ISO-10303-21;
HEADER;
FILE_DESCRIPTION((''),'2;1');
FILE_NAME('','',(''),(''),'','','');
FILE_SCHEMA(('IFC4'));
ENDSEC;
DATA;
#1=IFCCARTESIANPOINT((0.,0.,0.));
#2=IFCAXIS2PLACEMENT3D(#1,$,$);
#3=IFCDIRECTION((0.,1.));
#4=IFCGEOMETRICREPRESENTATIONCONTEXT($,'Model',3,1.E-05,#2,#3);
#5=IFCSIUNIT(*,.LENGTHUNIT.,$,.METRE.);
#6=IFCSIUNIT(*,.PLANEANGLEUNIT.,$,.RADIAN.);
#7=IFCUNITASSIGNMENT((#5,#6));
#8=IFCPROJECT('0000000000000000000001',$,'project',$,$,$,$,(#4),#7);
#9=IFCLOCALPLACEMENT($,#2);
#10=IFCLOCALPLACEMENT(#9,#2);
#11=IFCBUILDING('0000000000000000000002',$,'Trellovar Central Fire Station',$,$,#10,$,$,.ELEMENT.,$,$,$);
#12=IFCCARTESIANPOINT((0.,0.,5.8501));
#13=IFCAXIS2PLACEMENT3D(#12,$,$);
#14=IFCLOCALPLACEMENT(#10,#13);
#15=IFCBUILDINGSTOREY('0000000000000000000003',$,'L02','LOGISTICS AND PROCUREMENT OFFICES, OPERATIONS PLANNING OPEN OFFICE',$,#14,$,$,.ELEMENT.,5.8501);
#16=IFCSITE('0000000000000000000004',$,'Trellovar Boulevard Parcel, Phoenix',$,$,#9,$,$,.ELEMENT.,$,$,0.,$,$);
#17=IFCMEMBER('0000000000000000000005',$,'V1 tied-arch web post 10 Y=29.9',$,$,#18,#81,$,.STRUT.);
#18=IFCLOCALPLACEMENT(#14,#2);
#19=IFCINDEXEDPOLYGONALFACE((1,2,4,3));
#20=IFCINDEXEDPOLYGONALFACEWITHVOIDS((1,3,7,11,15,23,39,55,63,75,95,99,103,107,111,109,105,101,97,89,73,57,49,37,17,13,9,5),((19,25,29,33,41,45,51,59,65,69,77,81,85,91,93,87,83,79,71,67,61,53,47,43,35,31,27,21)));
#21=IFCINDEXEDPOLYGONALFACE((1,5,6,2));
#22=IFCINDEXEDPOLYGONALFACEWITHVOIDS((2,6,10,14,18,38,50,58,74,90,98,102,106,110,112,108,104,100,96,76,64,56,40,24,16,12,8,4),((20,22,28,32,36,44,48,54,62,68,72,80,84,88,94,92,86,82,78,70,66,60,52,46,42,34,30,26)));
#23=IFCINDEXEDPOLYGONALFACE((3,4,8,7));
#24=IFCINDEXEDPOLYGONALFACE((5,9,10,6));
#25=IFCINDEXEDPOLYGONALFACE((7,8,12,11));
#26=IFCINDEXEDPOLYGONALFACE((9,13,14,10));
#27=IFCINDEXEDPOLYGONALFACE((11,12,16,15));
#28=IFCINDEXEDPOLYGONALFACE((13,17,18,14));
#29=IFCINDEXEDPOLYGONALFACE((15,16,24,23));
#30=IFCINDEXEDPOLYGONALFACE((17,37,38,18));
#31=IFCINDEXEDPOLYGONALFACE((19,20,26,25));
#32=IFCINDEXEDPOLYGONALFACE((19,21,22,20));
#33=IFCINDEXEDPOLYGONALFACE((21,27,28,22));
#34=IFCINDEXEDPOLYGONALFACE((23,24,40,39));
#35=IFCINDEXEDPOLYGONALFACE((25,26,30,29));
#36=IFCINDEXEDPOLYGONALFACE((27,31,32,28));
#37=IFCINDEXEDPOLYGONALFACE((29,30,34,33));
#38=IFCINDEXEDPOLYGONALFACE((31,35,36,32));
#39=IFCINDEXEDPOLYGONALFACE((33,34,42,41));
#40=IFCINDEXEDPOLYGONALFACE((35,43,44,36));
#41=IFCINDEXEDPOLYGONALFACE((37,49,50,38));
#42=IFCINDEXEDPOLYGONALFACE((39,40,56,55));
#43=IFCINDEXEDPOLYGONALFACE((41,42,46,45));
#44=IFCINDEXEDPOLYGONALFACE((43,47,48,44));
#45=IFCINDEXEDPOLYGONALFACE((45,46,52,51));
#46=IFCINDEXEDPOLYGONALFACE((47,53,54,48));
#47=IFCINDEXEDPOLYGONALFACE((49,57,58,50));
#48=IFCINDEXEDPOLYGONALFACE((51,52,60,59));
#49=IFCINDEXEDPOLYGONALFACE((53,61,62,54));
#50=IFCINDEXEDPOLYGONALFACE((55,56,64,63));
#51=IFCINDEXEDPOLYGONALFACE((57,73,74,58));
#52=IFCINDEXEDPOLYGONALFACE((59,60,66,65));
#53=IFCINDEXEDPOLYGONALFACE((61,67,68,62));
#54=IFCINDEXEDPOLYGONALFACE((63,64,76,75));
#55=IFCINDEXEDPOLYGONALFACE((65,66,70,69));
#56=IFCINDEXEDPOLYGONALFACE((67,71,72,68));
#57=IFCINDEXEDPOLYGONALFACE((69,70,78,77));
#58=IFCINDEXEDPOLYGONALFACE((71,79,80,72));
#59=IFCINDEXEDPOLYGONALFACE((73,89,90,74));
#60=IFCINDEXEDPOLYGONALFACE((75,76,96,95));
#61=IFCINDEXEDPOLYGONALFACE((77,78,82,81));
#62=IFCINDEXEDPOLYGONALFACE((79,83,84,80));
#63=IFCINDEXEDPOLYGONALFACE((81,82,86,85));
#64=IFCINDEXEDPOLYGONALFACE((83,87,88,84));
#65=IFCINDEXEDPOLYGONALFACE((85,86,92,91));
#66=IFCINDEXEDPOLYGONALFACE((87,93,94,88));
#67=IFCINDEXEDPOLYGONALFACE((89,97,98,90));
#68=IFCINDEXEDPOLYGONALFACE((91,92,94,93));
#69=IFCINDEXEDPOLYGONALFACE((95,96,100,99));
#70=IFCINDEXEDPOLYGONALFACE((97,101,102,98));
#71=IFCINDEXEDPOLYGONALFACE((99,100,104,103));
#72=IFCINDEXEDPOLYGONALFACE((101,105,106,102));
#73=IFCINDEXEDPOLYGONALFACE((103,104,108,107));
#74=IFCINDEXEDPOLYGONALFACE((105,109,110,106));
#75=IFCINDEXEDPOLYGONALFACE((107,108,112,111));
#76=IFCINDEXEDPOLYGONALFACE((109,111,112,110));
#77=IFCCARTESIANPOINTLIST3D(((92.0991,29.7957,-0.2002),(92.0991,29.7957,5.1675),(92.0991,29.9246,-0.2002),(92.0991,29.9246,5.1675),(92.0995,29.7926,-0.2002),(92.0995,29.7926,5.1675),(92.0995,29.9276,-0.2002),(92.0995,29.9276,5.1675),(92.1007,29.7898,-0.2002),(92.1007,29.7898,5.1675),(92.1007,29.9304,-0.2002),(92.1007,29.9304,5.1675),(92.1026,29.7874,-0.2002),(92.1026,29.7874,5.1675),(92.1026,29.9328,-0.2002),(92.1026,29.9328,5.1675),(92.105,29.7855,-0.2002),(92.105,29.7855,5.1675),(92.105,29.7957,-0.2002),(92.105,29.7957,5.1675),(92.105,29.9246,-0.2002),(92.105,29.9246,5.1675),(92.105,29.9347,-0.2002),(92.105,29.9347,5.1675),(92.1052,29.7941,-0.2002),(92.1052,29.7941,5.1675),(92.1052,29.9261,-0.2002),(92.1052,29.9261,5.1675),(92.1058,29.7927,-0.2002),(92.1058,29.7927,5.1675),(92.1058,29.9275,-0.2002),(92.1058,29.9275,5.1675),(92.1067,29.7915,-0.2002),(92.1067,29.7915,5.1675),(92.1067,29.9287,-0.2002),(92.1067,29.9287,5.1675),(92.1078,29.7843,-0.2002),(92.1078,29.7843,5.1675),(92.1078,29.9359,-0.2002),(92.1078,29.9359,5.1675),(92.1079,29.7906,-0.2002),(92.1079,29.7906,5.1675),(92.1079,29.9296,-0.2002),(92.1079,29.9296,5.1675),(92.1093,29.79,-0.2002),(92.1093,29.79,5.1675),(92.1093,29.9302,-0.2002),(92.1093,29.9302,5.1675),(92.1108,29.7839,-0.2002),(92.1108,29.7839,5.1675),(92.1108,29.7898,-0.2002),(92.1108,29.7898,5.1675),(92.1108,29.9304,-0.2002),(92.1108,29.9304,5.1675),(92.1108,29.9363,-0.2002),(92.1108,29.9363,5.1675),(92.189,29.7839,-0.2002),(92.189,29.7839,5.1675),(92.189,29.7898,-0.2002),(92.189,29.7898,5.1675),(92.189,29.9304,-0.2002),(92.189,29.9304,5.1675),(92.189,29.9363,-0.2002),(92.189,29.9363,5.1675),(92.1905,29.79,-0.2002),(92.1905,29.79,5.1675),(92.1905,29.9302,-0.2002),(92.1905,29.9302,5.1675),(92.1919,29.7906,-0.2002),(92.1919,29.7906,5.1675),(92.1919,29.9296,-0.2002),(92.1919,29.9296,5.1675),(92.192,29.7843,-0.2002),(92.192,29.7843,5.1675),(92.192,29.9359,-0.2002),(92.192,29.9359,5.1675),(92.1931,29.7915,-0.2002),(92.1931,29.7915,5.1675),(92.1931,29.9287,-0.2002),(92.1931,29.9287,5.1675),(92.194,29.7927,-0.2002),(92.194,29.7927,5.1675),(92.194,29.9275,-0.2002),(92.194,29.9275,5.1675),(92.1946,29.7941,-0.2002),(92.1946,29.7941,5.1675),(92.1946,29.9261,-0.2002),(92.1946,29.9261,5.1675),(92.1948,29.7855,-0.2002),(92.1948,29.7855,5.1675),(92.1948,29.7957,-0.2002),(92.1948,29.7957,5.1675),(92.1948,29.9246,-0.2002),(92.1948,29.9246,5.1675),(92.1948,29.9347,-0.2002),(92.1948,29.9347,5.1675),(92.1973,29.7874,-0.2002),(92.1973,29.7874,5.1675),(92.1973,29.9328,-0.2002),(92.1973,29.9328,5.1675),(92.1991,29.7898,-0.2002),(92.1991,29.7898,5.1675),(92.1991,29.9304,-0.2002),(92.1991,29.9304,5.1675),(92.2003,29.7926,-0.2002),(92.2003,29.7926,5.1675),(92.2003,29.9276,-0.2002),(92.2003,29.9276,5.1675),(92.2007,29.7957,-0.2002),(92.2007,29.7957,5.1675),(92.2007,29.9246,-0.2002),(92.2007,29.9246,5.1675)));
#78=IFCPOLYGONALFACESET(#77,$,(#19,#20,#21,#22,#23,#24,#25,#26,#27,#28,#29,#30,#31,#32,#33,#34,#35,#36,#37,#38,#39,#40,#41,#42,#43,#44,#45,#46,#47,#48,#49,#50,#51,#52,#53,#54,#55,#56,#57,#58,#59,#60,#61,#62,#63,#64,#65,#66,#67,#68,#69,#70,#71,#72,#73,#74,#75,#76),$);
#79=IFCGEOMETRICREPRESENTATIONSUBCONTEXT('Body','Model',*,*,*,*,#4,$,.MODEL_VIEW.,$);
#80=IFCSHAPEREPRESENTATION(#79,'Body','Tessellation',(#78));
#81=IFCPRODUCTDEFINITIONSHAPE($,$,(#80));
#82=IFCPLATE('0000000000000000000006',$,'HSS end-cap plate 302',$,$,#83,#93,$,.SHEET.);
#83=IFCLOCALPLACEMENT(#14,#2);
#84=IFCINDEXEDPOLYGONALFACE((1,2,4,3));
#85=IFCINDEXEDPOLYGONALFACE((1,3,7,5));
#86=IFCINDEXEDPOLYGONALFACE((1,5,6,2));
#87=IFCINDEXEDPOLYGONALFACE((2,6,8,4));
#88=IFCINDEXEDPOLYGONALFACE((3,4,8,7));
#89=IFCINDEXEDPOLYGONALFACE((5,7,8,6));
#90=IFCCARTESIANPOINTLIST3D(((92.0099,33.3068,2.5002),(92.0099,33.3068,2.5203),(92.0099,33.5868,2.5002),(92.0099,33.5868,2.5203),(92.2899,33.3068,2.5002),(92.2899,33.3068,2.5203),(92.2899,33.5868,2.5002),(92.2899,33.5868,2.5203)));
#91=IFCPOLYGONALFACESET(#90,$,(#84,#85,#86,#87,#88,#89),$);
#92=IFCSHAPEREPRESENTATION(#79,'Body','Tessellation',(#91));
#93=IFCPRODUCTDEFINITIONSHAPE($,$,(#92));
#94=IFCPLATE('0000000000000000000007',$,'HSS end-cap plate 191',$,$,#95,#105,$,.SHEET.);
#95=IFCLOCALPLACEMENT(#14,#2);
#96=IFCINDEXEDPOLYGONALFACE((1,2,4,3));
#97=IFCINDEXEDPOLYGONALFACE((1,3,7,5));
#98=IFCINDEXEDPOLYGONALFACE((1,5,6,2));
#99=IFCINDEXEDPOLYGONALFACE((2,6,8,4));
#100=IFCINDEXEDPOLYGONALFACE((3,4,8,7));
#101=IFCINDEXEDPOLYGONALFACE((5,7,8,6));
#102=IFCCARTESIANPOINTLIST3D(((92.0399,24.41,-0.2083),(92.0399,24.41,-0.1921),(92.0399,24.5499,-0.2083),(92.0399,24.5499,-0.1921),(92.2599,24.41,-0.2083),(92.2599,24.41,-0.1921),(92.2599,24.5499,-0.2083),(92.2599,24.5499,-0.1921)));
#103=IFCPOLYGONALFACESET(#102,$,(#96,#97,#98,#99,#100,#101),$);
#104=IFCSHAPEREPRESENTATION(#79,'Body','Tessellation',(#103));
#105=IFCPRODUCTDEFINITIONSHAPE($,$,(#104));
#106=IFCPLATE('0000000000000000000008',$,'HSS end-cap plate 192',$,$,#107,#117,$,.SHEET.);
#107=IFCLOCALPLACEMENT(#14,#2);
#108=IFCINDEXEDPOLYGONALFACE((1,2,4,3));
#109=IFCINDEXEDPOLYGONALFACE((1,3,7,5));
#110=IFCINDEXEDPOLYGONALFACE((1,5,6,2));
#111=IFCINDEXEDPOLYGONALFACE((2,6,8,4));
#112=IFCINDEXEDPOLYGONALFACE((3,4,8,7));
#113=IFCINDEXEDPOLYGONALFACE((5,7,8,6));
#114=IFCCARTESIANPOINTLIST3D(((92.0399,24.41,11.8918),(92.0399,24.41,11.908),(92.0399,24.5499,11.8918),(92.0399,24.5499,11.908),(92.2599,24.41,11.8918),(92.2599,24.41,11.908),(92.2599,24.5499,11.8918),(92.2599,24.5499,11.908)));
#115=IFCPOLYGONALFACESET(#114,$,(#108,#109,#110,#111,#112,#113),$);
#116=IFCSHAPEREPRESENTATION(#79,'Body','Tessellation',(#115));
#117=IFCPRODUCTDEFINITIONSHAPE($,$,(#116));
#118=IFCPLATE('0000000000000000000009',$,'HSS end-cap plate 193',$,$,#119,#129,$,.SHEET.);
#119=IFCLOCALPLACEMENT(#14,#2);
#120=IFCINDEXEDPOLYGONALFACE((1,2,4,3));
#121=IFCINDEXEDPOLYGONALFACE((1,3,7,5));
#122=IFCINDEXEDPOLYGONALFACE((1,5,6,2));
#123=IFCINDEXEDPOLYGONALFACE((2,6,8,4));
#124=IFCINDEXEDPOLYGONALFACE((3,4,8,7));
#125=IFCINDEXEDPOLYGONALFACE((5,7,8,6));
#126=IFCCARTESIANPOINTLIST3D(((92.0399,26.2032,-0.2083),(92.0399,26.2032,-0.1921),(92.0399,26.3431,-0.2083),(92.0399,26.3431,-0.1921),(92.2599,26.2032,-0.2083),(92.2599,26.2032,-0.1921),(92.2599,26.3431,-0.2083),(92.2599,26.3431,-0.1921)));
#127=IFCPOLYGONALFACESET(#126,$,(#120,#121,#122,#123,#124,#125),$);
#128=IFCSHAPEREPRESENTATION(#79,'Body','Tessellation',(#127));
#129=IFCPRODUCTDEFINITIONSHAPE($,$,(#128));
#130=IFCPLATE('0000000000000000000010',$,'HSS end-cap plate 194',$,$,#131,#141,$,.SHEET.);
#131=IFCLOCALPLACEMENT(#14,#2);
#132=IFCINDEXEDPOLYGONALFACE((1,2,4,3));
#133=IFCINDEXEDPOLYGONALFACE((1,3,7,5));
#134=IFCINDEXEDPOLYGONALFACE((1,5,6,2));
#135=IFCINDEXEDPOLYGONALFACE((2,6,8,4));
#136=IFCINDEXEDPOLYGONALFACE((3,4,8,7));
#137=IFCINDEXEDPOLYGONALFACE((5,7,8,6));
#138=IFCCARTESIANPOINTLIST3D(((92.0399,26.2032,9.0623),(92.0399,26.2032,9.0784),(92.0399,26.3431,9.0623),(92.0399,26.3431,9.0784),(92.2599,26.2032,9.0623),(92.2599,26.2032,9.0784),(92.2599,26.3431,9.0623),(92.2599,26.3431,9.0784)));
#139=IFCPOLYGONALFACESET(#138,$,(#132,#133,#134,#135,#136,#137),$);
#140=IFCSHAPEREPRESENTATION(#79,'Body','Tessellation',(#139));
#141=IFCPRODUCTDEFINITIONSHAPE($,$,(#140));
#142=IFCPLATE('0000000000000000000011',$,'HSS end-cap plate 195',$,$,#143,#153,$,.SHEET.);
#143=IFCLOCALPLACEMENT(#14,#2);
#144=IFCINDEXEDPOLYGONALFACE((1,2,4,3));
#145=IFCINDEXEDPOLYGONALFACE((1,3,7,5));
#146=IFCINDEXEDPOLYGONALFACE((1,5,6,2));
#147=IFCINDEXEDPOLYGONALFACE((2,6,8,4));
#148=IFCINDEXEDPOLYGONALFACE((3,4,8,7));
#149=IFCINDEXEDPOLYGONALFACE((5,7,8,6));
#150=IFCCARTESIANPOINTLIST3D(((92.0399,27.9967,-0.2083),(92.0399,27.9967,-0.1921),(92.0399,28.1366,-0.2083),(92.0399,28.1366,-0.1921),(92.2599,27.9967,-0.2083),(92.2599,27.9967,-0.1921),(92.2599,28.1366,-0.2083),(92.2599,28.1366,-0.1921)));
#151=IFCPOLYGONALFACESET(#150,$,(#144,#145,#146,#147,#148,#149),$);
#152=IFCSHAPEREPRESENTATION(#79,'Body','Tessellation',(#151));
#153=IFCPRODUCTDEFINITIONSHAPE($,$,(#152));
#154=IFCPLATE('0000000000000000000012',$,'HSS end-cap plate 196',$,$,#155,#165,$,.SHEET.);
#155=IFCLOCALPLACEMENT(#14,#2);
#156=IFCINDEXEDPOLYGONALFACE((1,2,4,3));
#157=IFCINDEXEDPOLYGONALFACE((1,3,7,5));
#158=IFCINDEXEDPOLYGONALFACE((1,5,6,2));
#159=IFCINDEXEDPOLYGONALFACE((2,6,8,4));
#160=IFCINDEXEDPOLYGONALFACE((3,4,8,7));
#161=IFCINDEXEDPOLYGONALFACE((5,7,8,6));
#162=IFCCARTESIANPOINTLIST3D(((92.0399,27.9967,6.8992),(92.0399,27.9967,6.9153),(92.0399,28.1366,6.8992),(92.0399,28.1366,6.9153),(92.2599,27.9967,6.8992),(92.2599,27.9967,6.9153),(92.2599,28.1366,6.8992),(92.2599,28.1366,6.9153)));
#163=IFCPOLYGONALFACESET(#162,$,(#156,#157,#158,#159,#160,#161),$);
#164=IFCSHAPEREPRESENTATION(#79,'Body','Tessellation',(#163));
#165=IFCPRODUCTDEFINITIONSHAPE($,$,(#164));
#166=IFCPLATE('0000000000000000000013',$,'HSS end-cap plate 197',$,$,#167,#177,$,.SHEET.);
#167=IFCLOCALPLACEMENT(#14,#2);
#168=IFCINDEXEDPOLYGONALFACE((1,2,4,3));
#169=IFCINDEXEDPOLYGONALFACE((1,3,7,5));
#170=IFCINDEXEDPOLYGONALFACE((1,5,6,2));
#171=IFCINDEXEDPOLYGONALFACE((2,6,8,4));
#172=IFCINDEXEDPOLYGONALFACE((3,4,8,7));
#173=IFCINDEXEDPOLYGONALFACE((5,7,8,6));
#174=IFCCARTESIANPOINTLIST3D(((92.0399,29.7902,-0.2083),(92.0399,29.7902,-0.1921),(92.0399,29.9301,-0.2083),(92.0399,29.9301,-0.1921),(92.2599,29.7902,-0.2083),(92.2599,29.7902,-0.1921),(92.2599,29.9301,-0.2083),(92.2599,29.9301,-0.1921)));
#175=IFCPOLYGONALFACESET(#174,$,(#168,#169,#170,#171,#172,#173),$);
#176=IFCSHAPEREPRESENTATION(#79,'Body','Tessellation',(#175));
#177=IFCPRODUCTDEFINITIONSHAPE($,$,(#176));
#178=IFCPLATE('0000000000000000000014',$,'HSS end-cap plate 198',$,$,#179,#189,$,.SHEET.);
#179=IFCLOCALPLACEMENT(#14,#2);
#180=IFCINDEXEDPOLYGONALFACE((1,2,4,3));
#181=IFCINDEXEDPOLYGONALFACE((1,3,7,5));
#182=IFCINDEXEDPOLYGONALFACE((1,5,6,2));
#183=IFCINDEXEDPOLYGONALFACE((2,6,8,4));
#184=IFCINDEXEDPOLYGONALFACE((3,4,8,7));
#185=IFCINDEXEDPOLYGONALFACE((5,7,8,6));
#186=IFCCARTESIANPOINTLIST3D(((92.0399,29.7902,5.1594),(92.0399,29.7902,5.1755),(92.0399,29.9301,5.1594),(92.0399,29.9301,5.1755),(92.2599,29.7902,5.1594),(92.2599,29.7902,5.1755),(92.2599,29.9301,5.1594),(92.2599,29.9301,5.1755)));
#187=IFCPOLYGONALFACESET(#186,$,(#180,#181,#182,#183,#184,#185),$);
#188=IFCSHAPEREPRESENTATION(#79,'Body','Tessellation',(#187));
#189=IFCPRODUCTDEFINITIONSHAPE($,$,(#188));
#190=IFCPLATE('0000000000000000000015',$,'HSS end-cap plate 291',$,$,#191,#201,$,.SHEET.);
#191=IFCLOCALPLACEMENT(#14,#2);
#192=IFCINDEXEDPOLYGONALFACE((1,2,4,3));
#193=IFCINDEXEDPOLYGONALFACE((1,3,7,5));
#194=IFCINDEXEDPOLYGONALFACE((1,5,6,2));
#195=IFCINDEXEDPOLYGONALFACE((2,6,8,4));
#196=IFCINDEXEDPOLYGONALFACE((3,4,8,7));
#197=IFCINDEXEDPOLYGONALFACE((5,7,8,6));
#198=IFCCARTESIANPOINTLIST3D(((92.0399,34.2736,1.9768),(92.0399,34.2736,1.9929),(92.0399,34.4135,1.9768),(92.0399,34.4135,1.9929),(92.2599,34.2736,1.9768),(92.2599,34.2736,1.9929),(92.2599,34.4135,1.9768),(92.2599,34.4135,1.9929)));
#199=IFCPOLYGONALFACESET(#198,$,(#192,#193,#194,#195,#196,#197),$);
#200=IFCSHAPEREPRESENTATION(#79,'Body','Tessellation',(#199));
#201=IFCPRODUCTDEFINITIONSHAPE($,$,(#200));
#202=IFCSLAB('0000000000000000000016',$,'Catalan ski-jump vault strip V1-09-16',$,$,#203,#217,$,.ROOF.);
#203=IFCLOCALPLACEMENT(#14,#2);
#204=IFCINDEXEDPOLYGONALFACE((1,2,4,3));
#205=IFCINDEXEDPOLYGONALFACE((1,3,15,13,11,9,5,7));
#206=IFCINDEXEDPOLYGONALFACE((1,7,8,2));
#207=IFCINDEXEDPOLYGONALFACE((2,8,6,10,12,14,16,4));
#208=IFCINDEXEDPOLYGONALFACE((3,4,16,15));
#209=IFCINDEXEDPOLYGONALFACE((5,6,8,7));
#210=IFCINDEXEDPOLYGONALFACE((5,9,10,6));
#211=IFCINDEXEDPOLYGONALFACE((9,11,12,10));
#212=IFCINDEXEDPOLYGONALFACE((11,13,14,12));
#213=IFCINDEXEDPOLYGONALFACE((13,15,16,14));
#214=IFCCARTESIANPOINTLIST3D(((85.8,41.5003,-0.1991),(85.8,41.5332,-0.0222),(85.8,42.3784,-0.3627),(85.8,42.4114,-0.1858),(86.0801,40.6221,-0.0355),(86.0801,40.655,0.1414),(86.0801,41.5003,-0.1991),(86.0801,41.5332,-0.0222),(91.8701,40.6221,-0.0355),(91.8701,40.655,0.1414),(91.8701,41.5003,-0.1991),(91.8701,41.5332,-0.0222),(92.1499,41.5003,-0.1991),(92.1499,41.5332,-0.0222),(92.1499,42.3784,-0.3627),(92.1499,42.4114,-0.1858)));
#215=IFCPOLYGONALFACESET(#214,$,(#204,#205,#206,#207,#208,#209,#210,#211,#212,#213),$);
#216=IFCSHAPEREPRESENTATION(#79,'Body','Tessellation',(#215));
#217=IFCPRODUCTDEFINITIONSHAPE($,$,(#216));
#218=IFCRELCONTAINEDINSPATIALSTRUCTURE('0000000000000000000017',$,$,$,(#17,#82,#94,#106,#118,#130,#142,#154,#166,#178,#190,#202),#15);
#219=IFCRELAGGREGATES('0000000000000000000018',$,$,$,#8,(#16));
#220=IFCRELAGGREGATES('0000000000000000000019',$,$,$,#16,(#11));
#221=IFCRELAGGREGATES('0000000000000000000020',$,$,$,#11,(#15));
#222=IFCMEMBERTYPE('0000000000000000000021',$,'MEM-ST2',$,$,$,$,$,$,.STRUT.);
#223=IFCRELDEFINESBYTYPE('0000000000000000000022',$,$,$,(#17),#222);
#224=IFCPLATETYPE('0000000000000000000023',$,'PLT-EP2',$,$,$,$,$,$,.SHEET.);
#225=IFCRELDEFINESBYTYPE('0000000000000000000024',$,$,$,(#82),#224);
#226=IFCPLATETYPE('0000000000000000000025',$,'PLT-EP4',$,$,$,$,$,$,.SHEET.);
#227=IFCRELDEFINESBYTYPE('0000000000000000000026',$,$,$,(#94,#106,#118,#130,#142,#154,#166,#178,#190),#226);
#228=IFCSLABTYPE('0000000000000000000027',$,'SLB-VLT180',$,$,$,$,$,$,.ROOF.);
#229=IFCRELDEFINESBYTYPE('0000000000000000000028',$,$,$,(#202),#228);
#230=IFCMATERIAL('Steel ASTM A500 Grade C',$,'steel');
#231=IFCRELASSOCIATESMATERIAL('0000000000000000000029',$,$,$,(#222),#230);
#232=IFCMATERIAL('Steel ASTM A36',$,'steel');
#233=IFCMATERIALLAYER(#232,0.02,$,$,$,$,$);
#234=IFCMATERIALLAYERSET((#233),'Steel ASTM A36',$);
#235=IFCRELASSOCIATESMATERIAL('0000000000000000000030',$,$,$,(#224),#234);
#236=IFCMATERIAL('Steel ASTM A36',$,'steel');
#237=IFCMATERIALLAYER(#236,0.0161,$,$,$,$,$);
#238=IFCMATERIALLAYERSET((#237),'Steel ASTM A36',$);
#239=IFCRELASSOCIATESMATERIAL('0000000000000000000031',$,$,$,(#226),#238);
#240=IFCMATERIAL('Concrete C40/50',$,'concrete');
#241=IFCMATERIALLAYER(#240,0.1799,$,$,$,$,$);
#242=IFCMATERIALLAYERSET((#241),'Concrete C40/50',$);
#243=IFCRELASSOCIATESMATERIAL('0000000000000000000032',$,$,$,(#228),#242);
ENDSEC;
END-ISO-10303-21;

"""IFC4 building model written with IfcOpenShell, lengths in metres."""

from ifc_helpers import new_model, si_unit, direction, frame, origin, origin_2d, place, context, subcontext, project, spatial, polyline, rectangle, hollow_rectangle, outline, extrude, material, layer, layer_set, material_profile, profile_set, type_object, element, save


model = new_model("IFC4")

# Units and contexts
model_context = context("Model", 3, precision=1e-05, world=origin(), true_north=direction((0.0, 1.0)))
body_context = subcontext(model_context, "Body", "Model", "MODEL_VIEW")
ifc_project = project(units=[si_unit("LENGTHUNIT", "METRE"), si_unit("PLANEANGLEUNIT", "RADIAN")], contexts=[model_context])

# Site, building, storey
site_placement = place(None, origin())
site = spatial("IfcSite", under=ifc_project, at=site_placement, Name="Trellovar Boulevard Parcel, Phoenix", CompositionType="ELEMENT", RefElevation=0.0)
building_placement = place(site_placement, origin())
building = spatial("IfcBuilding", under=site, at=building_placement, Name="Trellovar Central Fire Station", CompositionType="ELEMENT")
storey_placement = place(building_placement, frame((0.0, 0.0, 5.8501)))
storey = spatial("IfcBuildingStorey", under=building, at=storey_placement, Name="L02", Description="LOGISTICS AND PROCUREMENT OFFICES, OPERATIONS PLANNING OPEN OFFICE", CompositionType="ELEMENT", Elevation=5.8501)

# Member
ifc_material_1 = material(Name="Steel ASTM A500 Grade C", Category="steel")
ifc_material_profile_1 = material_profile(ifc_material_1, hollow_rectangle(XDim=0.1016, YDim=0.1523, WallThickness=0.0059, InnerFilletRadius=0.0059, OuterFilletRadius=0.0117, at=origin_2d()), Name="HSS6X4X1/4")
ifc_profile_set_1 = profile_set([ifc_material_profile_1], Name="Steel ASTM A500 Grade C")
member_type_1 = type_object("IfcMemberType", Name="MEM-ST2", PredefinedType="STRUT", material=ifc_profile_set_1)
member_1_placement = place(storey_placement, frame((92.1499, 29.8601, -0.2002), z_axis=(0.0, 0.0, 1.0), x_axis=(1.0, 0.0, 0.0)))
element("IfcMember", 1, at=member_1_placement, inside=storey, type_object=member_type_1, Name="V1 tied-arch web post 10 Y=29.9", PredefinedType="STRUT", context=body_context, shape_type="SweptSolid", body=[
    extrude(hollow_rectangle(XDim=0.1016, YDim=0.1523, WallThickness=0.0059, InnerFilletRadius=0.0059, OuterFilletRadius=0.0117, at=origin_2d()), origin(), (0.0, 0.0, 1.0), 5.3677),
])

# Plates
ifc_material_2 = material(Name="Steel ASTM A36", Category="steel")
ifc_layer_1 = layer(ifc_material_2, 0.02)
ifc_layer_set_1 = layer_set([ifc_layer_1], Name="Steel ASTM A36")
plate_type_1 = type_object("IfcPlateType", Name="PLT-EP2", PredefinedType="SHEET", material=ifc_layer_set_1)
plate_placement = place(storey_placement, frame((92.1499, 33.4468, 2.5002), z_axis=(0.0, 0.0, 1.0), x_axis=(1.0, 0.0, 0.0)))
element("IfcPlate", 2, at=plate_placement, inside=storey, type_object=plate_type_1, Name="HSS end-cap plate 302", PredefinedType="SHEET", context=body_context, shape_type="SweptSolid", body=[
    extrude(rectangle(XDim=0.28, YDim=0.28, at=origin_2d()), origin(), (0.0, 0.0, 1.0), 0.02),
])
ifc_material_3 = material(Name="Steel ASTM A36", Category="steel")
ifc_layer_2 = layer(ifc_material_3, 0.0161)
ifc_layer_set_2 = layer_set([ifc_layer_2], Name="Steel ASTM A36")
plate_type_2 = type_object("IfcPlateType", Name="PLT-EP4", PredefinedType="SHEET", material=ifc_layer_set_2)
for number, where, z_axis, x_axis, name in (
    (3, (92.1499, 24.48, -0.2083), (0.0, 0.0, 1.0), (1.0, 0.0, 0.0), "HSS end-cap plate 191"),
    (4, (92.1499, 24.48, 11.8918), (0.0, 0.0, 1.0), (1.0, 0.0, 0.0), "HSS end-cap plate 192"),
    (5, (92.1499, 26.2732, -0.2083), (0.0, 0.0, 1.0), (1.0, 0.0, 0.0), "HSS end-cap plate 193"),
    (6, (92.1499, 26.2732, 9.0623), (0.0, 0.0, 1.0), (1.0, 0.0, 0.0), "HSS end-cap plate 194"),
    (7, (92.1499, 28.0667, -0.2083), (0.0, 0.0, 1.0), (1.0, 0.0, 0.0), "HSS end-cap plate 195"),
    (8, (92.1499, 28.0667, 6.8992), (0.0, 0.0, 1.0), (1.0, 0.0, 0.0), "HSS end-cap plate 196"),
    (9, (92.1499, 29.8601, -0.2083), (0.0, 0.0, 1.0), (1.0, 0.0, 0.0), "HSS end-cap plate 197"),
    (10, (92.1499, 29.8601, 5.1594), (0.0, 0.0, 1.0), (1.0, 0.0, 0.0), "HSS end-cap plate 198"),
    (11, (92.1499, 34.3435, 1.9768), (0.0, 0.0, 1.0), (1.0, 0.0, 0.0), "HSS end-cap plate 291"),
):
    element("IfcPlate", number, at=place(storey_placement, frame(where, z_axis=z_axis, x_axis=x_axis)), inside=storey, type_object=plate_type_2, Name=name, PredefinedType="SHEET", context=body_context, shape_type="SweptSolid", body=[
        extrude(rectangle(XDim=0.22, YDim=0.1399, at=origin_2d()), origin(), (0.0, 0.0, 1.0), 0.0161),
    ])

# Slab
ifc_material_4 = material(Name="Concrete C40/50", Category="concrete")
ifc_layer_3 = layer(ifc_material_4, 0.1799)
ifc_layer_set_3 = layer_set([ifc_layer_3], Name="Concrete C40/50")
slab_type = type_object("IfcSlabType", Name="SLB-VLT180", PredefinedType="ROOF", material=ifc_layer_set_3)
slab_1_placement = place(storey_placement, frame((86.0801, 40.655, 0.1414), z_axis=(0.0, 0.183117, 0.983091), x_axis=(1.0, 0.0, 0.0)))
element("IfcSlab", 12, at=slab_1_placement, inside=storey, type_object=slab_type, Name="Catalan ski-jump vault strip V1-09-16", PredefinedType="ROOF", context=body_context, shape_type="SweptSolid", body=[
    extrude(outline(polyline([(0.0, 0.0), (5.79, 0.0), (5.79, 0.8933), (6.0698, 0.8933), (6.0698, 1.7866), (-0.28, 1.7866), (-0.28, 0.8933), (0.0, 0.8933), (0.0, 0.0)])), origin(), (0.0, 0.0, -1.0), 0.1799),
])

save(model, "model.ifc")
